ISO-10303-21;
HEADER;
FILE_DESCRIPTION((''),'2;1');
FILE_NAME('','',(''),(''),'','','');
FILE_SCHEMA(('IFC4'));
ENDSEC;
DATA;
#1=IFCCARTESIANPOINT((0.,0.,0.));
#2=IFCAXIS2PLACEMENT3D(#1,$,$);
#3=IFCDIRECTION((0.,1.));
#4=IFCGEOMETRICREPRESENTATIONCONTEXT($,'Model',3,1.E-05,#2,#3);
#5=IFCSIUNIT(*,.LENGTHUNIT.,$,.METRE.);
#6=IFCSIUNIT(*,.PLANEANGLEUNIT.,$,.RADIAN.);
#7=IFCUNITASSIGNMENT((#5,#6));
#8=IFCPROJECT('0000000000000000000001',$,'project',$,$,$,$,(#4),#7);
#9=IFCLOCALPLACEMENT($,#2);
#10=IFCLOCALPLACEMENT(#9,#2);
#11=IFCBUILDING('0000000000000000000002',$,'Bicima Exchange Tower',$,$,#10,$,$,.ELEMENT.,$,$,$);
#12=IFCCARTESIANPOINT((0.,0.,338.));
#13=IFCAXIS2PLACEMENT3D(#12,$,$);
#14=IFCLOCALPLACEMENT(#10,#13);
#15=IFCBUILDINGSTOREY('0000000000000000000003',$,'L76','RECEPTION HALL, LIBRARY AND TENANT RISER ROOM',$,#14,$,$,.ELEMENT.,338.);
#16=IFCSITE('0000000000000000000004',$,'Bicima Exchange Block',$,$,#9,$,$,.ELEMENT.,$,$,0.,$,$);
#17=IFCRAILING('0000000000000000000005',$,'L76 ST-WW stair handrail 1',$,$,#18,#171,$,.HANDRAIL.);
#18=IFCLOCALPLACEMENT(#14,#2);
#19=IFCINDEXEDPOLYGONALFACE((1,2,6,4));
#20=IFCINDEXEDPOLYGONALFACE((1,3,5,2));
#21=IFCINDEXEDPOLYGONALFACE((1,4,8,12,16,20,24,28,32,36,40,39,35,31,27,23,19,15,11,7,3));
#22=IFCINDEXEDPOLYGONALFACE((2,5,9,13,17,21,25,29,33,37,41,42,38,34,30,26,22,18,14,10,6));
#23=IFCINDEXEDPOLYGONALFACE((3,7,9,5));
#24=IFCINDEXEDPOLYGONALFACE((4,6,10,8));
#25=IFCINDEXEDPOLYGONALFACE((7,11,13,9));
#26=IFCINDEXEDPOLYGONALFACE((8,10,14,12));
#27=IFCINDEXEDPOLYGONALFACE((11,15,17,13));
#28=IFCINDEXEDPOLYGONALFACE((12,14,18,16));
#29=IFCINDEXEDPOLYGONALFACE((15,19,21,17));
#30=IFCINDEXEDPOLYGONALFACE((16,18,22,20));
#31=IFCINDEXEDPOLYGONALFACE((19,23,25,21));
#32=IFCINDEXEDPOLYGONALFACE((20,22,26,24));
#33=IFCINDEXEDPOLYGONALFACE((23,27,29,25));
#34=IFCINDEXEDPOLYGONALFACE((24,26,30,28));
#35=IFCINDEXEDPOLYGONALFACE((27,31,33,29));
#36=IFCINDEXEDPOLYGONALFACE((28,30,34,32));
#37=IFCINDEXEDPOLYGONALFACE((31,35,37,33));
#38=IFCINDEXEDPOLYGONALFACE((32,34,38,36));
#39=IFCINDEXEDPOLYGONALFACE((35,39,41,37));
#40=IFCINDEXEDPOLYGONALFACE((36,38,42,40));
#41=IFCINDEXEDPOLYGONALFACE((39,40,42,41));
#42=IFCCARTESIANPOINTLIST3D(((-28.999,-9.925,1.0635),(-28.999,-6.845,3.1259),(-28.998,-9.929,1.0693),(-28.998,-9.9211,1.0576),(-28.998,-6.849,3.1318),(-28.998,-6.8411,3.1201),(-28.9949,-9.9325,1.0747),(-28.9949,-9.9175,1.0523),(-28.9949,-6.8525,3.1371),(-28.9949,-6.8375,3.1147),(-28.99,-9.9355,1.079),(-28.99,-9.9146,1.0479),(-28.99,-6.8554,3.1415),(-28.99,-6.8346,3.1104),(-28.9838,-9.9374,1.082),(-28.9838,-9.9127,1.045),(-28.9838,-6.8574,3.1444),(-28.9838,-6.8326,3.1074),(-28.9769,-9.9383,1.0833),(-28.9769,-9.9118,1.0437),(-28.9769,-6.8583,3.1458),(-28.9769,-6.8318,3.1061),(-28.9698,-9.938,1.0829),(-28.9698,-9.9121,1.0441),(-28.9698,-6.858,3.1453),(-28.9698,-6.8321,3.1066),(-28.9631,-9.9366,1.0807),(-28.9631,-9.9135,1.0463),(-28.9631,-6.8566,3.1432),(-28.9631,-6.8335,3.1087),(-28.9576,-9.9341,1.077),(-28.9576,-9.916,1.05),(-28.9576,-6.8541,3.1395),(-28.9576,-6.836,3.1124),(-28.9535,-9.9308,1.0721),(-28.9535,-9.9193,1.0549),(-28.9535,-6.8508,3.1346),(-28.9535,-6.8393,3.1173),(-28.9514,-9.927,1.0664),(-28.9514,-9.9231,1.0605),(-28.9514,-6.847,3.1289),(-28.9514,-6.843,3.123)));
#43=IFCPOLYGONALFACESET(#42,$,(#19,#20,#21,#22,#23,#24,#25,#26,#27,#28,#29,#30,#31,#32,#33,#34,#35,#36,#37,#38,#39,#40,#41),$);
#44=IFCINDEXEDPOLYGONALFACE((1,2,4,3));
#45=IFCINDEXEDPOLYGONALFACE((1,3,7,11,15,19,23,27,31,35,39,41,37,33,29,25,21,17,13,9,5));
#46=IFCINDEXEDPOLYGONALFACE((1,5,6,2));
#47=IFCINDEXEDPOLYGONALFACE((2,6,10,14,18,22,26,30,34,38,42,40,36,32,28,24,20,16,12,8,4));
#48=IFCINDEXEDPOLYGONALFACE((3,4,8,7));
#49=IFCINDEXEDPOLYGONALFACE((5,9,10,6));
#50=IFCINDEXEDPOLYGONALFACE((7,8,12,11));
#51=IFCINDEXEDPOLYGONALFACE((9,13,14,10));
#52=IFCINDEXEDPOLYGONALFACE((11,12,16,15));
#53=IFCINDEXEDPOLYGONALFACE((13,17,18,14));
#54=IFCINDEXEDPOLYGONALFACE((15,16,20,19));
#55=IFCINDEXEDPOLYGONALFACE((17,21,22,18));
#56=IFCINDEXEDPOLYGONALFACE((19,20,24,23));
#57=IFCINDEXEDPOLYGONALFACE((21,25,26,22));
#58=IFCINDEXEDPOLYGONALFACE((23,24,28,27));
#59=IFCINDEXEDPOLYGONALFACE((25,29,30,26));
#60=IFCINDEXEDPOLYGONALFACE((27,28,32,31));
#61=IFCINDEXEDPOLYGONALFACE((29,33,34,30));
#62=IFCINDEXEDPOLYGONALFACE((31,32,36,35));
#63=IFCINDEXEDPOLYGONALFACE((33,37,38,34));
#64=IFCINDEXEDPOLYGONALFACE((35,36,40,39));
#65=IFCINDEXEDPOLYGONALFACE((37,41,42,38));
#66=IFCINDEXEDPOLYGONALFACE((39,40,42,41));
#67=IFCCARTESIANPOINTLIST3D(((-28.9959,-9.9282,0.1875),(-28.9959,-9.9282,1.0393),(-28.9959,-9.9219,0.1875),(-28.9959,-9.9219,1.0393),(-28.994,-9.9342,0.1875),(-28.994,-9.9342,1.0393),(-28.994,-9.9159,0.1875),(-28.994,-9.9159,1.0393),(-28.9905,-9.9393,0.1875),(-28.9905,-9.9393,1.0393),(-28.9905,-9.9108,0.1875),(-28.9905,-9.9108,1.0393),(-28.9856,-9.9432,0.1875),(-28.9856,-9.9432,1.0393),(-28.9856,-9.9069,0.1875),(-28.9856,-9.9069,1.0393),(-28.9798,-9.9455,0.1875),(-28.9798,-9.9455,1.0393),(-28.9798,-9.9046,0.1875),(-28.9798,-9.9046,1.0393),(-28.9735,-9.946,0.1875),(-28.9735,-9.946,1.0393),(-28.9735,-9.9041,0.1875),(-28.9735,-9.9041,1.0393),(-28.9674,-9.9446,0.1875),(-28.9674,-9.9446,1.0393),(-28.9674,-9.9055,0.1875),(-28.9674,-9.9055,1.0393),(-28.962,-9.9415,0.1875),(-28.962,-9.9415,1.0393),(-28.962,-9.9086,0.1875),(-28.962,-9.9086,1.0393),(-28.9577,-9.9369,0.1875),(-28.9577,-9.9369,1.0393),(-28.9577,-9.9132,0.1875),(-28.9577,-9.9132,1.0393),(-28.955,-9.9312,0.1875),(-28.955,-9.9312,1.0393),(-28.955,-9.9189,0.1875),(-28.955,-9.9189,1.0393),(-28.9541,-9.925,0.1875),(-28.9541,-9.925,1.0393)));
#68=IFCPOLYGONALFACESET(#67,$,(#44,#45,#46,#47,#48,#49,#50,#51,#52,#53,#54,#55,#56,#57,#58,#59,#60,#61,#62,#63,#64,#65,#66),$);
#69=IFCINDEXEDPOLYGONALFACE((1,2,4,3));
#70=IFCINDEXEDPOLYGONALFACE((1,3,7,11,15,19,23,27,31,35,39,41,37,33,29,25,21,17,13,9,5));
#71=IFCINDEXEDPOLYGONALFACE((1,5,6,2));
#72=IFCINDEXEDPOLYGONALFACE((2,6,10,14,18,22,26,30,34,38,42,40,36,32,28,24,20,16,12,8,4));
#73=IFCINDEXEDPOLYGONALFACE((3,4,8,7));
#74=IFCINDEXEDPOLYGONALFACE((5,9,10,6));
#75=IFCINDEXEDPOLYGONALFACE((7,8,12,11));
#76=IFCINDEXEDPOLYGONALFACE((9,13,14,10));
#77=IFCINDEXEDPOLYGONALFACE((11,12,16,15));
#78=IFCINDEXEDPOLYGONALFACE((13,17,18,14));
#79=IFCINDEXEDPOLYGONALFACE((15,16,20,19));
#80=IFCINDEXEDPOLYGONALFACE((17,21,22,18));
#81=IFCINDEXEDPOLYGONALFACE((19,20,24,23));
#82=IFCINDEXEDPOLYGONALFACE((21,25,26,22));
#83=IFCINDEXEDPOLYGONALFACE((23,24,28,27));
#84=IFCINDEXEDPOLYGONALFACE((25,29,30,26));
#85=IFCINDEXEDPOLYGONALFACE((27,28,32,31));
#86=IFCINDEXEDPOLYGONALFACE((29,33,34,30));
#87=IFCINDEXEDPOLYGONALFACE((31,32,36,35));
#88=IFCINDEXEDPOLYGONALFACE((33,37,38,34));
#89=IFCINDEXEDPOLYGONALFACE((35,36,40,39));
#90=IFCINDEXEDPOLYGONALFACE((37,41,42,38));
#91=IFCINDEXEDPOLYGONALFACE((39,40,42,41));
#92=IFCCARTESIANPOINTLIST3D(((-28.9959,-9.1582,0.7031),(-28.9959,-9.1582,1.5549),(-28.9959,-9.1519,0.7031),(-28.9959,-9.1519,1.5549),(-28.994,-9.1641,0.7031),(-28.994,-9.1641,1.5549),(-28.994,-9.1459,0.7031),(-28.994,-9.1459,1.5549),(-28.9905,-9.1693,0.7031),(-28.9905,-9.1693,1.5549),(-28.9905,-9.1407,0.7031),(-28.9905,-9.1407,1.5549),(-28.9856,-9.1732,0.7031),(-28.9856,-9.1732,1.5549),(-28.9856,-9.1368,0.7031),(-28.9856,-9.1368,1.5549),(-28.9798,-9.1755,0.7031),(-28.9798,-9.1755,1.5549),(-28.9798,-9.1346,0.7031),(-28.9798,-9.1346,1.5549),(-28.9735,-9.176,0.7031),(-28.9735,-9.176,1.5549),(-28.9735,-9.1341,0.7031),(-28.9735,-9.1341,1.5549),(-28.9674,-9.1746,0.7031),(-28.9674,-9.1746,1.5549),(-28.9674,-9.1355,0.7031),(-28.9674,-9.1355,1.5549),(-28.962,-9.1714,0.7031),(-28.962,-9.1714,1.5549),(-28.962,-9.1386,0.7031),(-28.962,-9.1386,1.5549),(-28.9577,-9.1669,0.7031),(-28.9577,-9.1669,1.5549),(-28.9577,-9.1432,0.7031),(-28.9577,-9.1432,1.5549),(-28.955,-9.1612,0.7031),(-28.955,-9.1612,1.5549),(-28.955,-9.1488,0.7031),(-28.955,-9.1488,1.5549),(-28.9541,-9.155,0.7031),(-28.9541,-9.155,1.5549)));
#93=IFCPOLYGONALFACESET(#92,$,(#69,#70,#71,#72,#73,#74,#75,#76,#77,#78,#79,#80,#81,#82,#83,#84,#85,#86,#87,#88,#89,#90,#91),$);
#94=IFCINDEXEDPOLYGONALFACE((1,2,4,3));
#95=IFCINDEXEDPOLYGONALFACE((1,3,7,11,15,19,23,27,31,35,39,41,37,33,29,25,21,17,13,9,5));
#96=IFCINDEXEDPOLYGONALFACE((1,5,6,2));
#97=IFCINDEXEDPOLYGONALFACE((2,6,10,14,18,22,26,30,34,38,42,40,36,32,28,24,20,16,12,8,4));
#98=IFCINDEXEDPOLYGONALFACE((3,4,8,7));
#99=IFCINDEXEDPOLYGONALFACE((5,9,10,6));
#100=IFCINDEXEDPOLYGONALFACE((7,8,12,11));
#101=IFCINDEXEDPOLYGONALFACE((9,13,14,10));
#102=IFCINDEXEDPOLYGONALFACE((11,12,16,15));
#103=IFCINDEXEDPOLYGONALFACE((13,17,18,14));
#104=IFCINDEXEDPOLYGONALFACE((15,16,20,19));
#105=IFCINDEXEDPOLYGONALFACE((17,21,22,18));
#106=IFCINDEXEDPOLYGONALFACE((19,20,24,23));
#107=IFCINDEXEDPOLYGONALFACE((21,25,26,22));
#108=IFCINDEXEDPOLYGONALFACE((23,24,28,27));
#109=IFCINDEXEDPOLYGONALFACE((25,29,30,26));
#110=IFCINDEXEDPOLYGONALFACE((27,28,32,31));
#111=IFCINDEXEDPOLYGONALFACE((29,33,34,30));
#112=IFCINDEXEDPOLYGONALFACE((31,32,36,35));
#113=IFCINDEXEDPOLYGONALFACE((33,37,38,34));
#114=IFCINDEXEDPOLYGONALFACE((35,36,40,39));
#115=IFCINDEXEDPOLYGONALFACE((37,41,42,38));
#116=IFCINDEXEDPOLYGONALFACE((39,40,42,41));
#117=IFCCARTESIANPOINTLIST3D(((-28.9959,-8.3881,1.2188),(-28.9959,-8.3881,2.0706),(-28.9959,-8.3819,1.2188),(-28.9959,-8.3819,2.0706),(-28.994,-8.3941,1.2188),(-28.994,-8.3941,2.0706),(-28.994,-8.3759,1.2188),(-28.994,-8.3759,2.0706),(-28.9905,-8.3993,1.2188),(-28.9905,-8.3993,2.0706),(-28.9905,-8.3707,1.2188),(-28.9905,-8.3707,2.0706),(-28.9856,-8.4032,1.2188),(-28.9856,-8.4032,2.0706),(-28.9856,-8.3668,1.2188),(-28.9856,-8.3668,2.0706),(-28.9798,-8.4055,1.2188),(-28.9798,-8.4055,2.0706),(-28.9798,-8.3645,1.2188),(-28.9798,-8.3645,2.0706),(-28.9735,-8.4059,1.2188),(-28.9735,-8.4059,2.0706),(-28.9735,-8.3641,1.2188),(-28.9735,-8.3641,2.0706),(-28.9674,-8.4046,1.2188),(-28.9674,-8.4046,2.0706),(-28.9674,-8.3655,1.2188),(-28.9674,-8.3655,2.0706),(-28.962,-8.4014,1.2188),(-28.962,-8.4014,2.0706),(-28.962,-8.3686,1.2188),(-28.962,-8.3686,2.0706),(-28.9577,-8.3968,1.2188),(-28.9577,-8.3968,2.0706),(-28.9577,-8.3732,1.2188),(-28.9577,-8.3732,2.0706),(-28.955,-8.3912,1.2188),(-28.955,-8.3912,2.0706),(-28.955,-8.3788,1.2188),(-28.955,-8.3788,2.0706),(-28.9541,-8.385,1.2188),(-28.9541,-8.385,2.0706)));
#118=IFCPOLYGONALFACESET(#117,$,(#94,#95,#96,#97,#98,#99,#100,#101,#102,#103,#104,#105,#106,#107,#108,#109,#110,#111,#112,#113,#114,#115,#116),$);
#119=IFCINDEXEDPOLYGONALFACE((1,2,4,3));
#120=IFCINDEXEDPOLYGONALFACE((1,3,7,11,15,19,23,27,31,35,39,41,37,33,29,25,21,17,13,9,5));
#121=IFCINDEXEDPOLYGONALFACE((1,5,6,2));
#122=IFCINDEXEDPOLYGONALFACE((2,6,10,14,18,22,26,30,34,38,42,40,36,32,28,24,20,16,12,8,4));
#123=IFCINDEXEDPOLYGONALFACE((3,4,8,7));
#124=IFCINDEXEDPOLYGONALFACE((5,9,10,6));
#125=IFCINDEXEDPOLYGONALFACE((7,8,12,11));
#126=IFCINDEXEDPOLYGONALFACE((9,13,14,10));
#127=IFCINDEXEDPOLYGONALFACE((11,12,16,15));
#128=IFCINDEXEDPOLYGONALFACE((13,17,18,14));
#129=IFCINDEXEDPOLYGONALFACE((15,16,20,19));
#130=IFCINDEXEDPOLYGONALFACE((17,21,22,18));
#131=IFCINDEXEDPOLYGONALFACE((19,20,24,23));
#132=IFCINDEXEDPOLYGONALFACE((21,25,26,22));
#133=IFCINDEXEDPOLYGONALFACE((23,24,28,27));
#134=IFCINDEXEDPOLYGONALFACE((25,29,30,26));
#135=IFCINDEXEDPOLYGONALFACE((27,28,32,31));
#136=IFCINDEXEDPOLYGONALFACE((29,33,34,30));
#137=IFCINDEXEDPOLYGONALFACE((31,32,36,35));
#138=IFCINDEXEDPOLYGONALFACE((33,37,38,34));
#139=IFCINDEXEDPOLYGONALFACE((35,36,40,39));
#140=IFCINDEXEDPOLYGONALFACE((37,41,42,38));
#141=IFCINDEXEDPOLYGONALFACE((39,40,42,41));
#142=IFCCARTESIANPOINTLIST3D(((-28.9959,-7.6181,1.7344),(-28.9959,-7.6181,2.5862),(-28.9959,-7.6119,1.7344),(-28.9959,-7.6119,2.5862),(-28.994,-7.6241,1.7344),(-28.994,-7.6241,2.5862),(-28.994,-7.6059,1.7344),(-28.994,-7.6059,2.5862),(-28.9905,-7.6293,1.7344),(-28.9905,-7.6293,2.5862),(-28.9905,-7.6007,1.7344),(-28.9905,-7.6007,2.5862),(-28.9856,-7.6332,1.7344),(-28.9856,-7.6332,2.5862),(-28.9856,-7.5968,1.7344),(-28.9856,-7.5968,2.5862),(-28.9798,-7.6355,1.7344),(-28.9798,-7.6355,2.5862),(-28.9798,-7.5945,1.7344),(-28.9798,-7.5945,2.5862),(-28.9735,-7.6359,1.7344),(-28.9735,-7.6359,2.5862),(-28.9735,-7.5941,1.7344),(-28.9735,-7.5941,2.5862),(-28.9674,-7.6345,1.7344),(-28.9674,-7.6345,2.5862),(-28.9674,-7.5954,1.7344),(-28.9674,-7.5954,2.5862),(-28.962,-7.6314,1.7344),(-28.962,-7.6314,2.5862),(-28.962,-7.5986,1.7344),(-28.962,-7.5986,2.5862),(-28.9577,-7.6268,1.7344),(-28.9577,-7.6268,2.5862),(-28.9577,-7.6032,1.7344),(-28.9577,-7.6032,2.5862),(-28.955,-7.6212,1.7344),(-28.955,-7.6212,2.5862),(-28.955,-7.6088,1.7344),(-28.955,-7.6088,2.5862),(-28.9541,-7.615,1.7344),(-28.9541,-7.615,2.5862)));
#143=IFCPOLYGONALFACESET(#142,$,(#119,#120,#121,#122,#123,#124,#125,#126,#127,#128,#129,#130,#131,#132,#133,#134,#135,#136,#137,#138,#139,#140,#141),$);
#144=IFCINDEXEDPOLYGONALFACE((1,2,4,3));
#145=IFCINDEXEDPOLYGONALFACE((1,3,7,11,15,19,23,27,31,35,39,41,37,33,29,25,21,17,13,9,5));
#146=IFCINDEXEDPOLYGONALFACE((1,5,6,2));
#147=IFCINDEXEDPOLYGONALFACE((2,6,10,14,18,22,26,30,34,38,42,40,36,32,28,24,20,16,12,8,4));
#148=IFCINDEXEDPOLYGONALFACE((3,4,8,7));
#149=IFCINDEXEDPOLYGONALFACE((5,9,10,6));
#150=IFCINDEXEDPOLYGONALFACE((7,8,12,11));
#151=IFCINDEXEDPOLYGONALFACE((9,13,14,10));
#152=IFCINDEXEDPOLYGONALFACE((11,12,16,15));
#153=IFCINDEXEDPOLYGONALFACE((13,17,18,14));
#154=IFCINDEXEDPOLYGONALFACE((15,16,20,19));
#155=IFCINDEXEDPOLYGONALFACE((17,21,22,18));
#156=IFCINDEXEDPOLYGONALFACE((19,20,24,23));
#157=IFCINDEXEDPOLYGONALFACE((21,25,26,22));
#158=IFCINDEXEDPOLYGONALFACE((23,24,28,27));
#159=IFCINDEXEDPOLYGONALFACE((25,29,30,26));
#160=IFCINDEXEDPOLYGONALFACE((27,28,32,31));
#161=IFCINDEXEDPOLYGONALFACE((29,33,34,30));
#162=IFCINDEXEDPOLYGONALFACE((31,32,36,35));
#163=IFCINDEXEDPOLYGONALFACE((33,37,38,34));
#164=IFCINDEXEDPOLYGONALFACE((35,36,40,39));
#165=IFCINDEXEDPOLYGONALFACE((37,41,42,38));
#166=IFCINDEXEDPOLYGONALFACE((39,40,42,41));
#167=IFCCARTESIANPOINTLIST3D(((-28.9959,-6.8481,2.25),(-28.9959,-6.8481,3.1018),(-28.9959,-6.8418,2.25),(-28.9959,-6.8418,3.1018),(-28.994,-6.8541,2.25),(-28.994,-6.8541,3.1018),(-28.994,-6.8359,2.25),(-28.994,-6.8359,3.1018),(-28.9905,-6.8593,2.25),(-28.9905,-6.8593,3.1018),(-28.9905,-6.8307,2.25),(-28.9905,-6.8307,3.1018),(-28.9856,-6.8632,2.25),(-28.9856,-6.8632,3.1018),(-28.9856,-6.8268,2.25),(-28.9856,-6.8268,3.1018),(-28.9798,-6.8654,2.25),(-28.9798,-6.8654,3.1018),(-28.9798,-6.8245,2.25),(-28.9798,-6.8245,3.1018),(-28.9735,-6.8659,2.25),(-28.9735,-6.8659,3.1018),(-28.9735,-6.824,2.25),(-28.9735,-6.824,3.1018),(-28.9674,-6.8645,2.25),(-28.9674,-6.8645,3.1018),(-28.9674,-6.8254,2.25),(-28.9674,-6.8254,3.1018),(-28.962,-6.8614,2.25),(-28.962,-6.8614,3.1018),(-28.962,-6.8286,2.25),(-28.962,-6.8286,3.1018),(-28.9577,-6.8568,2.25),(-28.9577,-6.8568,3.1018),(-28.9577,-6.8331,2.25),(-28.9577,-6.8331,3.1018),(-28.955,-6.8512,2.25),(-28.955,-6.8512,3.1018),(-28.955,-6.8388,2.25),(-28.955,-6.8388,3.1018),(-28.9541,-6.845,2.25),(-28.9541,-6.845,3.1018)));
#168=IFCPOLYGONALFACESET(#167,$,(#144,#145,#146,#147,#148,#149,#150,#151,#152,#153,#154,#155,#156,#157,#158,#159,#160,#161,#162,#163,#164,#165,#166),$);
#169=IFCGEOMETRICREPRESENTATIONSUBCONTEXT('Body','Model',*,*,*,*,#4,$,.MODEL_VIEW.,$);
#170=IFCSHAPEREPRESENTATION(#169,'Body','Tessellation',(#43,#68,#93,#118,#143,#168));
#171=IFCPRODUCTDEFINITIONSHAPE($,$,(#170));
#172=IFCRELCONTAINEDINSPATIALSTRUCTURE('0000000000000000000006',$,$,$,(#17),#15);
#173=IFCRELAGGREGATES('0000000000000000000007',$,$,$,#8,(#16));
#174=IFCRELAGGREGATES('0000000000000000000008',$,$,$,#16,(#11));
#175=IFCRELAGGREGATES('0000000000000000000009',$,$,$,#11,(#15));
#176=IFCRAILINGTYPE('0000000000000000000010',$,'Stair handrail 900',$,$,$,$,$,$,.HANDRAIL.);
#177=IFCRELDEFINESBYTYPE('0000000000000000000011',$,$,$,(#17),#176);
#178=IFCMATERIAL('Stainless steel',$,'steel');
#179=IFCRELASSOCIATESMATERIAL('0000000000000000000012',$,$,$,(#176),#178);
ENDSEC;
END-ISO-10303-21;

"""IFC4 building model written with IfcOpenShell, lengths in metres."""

from ifc_helpers import new_model, si_unit, direction, frame, origin, origin_2d, place, context, subcontext, project, spatial, circle, extrude, material, type_object, element, save


model = new_model("IFC4")

# Units and contexts
model_context = context("Model", 3, precision=1e-05, world=origin(), true_north=direction((0.0, 1.0)))
body_context = subcontext(model_context, "Body", "Model", "MODEL_VIEW")
ifc_project = project(units=[si_unit("LENGTHUNIT", "METRE"), si_unit("PLANEANGLEUNIT", "RADIAN")], contexts=[model_context])

# Site, building, storey
site_placement = place(None, origin())
site = spatial("IfcSite", under=ifc_project, at=site_placement, Name="Bicima Exchange Block", CompositionType="ELEMENT", RefElevation=0.0)
building_placement = place(site_placement, origin())
building = spatial("IfcBuilding", under=site, at=building_placement, Name="Bicima Exchange Tower", CompositionType="ELEMENT")
storey_placement = place(building_placement, frame((0.0, 0.0, 338.0)))
storey = spatial("IfcBuildingStorey", under=building, at=storey_placement, Name="L76", Description="RECEPTION HALL, LIBRARY AND TENANT RISER ROOM", CompositionType="ELEMENT", Elevation=338.0)

# Railing
ifc_material_1 = material(Name="Stainless steel", Category="steel")
railing_type_1 = type_object("IfcRailingType", Name="Stair handrail 900", PredefinedType="HANDRAIL", material=ifc_material_1)
railing_1_placement = place(storey_placement, frame((-28.9751, -9.925, 0.1875)))
element("IfcRailing", 1, at=railing_1_placement, inside=storey, type_object=railing_type_1, Name="L76 ST-WW stair handrail 1", PredefinedType="HANDRAIL", context=body_context, shape_type="SweptSolid", body=[
    extrude(circle(Radius=0.0239, at=origin_2d()), frame((0.0, 0.0, 0.876), z_axis=(0.0, 0.830914, 0.556401), x_axis=(-1.0, 0.0, 0.0)), (0.0, 0.0, 1.0), 3.7068),
    extrude(circle(Radius=0.021, at=origin_2d()), origin(), (0.0, 0.0, 1.0), 0.8518),
    extrude(circle(Radius=0.021, at=origin_2d()), frame((0.0, 0.77, 0.5156)), (0.0, 0.0, 1.0), 0.8518),
    extrude(circle(Radius=0.021, at=origin_2d()), frame((0.0, 1.54, 1.0312)), (0.0, 0.0, 1.0), 0.8518),
    extrude(circle(Radius=0.021, at=origin_2d()), frame((0.0, 2.3101, 1.5469)), (0.0, 0.0, 1.0), 0.8518),
    extrude(circle(Radius=0.021, at=origin_2d()), frame((0.0, 3.0801, 2.0625)), (0.0, 0.0, 1.0), 0.8518),
])

save(model, "model.ifc")
